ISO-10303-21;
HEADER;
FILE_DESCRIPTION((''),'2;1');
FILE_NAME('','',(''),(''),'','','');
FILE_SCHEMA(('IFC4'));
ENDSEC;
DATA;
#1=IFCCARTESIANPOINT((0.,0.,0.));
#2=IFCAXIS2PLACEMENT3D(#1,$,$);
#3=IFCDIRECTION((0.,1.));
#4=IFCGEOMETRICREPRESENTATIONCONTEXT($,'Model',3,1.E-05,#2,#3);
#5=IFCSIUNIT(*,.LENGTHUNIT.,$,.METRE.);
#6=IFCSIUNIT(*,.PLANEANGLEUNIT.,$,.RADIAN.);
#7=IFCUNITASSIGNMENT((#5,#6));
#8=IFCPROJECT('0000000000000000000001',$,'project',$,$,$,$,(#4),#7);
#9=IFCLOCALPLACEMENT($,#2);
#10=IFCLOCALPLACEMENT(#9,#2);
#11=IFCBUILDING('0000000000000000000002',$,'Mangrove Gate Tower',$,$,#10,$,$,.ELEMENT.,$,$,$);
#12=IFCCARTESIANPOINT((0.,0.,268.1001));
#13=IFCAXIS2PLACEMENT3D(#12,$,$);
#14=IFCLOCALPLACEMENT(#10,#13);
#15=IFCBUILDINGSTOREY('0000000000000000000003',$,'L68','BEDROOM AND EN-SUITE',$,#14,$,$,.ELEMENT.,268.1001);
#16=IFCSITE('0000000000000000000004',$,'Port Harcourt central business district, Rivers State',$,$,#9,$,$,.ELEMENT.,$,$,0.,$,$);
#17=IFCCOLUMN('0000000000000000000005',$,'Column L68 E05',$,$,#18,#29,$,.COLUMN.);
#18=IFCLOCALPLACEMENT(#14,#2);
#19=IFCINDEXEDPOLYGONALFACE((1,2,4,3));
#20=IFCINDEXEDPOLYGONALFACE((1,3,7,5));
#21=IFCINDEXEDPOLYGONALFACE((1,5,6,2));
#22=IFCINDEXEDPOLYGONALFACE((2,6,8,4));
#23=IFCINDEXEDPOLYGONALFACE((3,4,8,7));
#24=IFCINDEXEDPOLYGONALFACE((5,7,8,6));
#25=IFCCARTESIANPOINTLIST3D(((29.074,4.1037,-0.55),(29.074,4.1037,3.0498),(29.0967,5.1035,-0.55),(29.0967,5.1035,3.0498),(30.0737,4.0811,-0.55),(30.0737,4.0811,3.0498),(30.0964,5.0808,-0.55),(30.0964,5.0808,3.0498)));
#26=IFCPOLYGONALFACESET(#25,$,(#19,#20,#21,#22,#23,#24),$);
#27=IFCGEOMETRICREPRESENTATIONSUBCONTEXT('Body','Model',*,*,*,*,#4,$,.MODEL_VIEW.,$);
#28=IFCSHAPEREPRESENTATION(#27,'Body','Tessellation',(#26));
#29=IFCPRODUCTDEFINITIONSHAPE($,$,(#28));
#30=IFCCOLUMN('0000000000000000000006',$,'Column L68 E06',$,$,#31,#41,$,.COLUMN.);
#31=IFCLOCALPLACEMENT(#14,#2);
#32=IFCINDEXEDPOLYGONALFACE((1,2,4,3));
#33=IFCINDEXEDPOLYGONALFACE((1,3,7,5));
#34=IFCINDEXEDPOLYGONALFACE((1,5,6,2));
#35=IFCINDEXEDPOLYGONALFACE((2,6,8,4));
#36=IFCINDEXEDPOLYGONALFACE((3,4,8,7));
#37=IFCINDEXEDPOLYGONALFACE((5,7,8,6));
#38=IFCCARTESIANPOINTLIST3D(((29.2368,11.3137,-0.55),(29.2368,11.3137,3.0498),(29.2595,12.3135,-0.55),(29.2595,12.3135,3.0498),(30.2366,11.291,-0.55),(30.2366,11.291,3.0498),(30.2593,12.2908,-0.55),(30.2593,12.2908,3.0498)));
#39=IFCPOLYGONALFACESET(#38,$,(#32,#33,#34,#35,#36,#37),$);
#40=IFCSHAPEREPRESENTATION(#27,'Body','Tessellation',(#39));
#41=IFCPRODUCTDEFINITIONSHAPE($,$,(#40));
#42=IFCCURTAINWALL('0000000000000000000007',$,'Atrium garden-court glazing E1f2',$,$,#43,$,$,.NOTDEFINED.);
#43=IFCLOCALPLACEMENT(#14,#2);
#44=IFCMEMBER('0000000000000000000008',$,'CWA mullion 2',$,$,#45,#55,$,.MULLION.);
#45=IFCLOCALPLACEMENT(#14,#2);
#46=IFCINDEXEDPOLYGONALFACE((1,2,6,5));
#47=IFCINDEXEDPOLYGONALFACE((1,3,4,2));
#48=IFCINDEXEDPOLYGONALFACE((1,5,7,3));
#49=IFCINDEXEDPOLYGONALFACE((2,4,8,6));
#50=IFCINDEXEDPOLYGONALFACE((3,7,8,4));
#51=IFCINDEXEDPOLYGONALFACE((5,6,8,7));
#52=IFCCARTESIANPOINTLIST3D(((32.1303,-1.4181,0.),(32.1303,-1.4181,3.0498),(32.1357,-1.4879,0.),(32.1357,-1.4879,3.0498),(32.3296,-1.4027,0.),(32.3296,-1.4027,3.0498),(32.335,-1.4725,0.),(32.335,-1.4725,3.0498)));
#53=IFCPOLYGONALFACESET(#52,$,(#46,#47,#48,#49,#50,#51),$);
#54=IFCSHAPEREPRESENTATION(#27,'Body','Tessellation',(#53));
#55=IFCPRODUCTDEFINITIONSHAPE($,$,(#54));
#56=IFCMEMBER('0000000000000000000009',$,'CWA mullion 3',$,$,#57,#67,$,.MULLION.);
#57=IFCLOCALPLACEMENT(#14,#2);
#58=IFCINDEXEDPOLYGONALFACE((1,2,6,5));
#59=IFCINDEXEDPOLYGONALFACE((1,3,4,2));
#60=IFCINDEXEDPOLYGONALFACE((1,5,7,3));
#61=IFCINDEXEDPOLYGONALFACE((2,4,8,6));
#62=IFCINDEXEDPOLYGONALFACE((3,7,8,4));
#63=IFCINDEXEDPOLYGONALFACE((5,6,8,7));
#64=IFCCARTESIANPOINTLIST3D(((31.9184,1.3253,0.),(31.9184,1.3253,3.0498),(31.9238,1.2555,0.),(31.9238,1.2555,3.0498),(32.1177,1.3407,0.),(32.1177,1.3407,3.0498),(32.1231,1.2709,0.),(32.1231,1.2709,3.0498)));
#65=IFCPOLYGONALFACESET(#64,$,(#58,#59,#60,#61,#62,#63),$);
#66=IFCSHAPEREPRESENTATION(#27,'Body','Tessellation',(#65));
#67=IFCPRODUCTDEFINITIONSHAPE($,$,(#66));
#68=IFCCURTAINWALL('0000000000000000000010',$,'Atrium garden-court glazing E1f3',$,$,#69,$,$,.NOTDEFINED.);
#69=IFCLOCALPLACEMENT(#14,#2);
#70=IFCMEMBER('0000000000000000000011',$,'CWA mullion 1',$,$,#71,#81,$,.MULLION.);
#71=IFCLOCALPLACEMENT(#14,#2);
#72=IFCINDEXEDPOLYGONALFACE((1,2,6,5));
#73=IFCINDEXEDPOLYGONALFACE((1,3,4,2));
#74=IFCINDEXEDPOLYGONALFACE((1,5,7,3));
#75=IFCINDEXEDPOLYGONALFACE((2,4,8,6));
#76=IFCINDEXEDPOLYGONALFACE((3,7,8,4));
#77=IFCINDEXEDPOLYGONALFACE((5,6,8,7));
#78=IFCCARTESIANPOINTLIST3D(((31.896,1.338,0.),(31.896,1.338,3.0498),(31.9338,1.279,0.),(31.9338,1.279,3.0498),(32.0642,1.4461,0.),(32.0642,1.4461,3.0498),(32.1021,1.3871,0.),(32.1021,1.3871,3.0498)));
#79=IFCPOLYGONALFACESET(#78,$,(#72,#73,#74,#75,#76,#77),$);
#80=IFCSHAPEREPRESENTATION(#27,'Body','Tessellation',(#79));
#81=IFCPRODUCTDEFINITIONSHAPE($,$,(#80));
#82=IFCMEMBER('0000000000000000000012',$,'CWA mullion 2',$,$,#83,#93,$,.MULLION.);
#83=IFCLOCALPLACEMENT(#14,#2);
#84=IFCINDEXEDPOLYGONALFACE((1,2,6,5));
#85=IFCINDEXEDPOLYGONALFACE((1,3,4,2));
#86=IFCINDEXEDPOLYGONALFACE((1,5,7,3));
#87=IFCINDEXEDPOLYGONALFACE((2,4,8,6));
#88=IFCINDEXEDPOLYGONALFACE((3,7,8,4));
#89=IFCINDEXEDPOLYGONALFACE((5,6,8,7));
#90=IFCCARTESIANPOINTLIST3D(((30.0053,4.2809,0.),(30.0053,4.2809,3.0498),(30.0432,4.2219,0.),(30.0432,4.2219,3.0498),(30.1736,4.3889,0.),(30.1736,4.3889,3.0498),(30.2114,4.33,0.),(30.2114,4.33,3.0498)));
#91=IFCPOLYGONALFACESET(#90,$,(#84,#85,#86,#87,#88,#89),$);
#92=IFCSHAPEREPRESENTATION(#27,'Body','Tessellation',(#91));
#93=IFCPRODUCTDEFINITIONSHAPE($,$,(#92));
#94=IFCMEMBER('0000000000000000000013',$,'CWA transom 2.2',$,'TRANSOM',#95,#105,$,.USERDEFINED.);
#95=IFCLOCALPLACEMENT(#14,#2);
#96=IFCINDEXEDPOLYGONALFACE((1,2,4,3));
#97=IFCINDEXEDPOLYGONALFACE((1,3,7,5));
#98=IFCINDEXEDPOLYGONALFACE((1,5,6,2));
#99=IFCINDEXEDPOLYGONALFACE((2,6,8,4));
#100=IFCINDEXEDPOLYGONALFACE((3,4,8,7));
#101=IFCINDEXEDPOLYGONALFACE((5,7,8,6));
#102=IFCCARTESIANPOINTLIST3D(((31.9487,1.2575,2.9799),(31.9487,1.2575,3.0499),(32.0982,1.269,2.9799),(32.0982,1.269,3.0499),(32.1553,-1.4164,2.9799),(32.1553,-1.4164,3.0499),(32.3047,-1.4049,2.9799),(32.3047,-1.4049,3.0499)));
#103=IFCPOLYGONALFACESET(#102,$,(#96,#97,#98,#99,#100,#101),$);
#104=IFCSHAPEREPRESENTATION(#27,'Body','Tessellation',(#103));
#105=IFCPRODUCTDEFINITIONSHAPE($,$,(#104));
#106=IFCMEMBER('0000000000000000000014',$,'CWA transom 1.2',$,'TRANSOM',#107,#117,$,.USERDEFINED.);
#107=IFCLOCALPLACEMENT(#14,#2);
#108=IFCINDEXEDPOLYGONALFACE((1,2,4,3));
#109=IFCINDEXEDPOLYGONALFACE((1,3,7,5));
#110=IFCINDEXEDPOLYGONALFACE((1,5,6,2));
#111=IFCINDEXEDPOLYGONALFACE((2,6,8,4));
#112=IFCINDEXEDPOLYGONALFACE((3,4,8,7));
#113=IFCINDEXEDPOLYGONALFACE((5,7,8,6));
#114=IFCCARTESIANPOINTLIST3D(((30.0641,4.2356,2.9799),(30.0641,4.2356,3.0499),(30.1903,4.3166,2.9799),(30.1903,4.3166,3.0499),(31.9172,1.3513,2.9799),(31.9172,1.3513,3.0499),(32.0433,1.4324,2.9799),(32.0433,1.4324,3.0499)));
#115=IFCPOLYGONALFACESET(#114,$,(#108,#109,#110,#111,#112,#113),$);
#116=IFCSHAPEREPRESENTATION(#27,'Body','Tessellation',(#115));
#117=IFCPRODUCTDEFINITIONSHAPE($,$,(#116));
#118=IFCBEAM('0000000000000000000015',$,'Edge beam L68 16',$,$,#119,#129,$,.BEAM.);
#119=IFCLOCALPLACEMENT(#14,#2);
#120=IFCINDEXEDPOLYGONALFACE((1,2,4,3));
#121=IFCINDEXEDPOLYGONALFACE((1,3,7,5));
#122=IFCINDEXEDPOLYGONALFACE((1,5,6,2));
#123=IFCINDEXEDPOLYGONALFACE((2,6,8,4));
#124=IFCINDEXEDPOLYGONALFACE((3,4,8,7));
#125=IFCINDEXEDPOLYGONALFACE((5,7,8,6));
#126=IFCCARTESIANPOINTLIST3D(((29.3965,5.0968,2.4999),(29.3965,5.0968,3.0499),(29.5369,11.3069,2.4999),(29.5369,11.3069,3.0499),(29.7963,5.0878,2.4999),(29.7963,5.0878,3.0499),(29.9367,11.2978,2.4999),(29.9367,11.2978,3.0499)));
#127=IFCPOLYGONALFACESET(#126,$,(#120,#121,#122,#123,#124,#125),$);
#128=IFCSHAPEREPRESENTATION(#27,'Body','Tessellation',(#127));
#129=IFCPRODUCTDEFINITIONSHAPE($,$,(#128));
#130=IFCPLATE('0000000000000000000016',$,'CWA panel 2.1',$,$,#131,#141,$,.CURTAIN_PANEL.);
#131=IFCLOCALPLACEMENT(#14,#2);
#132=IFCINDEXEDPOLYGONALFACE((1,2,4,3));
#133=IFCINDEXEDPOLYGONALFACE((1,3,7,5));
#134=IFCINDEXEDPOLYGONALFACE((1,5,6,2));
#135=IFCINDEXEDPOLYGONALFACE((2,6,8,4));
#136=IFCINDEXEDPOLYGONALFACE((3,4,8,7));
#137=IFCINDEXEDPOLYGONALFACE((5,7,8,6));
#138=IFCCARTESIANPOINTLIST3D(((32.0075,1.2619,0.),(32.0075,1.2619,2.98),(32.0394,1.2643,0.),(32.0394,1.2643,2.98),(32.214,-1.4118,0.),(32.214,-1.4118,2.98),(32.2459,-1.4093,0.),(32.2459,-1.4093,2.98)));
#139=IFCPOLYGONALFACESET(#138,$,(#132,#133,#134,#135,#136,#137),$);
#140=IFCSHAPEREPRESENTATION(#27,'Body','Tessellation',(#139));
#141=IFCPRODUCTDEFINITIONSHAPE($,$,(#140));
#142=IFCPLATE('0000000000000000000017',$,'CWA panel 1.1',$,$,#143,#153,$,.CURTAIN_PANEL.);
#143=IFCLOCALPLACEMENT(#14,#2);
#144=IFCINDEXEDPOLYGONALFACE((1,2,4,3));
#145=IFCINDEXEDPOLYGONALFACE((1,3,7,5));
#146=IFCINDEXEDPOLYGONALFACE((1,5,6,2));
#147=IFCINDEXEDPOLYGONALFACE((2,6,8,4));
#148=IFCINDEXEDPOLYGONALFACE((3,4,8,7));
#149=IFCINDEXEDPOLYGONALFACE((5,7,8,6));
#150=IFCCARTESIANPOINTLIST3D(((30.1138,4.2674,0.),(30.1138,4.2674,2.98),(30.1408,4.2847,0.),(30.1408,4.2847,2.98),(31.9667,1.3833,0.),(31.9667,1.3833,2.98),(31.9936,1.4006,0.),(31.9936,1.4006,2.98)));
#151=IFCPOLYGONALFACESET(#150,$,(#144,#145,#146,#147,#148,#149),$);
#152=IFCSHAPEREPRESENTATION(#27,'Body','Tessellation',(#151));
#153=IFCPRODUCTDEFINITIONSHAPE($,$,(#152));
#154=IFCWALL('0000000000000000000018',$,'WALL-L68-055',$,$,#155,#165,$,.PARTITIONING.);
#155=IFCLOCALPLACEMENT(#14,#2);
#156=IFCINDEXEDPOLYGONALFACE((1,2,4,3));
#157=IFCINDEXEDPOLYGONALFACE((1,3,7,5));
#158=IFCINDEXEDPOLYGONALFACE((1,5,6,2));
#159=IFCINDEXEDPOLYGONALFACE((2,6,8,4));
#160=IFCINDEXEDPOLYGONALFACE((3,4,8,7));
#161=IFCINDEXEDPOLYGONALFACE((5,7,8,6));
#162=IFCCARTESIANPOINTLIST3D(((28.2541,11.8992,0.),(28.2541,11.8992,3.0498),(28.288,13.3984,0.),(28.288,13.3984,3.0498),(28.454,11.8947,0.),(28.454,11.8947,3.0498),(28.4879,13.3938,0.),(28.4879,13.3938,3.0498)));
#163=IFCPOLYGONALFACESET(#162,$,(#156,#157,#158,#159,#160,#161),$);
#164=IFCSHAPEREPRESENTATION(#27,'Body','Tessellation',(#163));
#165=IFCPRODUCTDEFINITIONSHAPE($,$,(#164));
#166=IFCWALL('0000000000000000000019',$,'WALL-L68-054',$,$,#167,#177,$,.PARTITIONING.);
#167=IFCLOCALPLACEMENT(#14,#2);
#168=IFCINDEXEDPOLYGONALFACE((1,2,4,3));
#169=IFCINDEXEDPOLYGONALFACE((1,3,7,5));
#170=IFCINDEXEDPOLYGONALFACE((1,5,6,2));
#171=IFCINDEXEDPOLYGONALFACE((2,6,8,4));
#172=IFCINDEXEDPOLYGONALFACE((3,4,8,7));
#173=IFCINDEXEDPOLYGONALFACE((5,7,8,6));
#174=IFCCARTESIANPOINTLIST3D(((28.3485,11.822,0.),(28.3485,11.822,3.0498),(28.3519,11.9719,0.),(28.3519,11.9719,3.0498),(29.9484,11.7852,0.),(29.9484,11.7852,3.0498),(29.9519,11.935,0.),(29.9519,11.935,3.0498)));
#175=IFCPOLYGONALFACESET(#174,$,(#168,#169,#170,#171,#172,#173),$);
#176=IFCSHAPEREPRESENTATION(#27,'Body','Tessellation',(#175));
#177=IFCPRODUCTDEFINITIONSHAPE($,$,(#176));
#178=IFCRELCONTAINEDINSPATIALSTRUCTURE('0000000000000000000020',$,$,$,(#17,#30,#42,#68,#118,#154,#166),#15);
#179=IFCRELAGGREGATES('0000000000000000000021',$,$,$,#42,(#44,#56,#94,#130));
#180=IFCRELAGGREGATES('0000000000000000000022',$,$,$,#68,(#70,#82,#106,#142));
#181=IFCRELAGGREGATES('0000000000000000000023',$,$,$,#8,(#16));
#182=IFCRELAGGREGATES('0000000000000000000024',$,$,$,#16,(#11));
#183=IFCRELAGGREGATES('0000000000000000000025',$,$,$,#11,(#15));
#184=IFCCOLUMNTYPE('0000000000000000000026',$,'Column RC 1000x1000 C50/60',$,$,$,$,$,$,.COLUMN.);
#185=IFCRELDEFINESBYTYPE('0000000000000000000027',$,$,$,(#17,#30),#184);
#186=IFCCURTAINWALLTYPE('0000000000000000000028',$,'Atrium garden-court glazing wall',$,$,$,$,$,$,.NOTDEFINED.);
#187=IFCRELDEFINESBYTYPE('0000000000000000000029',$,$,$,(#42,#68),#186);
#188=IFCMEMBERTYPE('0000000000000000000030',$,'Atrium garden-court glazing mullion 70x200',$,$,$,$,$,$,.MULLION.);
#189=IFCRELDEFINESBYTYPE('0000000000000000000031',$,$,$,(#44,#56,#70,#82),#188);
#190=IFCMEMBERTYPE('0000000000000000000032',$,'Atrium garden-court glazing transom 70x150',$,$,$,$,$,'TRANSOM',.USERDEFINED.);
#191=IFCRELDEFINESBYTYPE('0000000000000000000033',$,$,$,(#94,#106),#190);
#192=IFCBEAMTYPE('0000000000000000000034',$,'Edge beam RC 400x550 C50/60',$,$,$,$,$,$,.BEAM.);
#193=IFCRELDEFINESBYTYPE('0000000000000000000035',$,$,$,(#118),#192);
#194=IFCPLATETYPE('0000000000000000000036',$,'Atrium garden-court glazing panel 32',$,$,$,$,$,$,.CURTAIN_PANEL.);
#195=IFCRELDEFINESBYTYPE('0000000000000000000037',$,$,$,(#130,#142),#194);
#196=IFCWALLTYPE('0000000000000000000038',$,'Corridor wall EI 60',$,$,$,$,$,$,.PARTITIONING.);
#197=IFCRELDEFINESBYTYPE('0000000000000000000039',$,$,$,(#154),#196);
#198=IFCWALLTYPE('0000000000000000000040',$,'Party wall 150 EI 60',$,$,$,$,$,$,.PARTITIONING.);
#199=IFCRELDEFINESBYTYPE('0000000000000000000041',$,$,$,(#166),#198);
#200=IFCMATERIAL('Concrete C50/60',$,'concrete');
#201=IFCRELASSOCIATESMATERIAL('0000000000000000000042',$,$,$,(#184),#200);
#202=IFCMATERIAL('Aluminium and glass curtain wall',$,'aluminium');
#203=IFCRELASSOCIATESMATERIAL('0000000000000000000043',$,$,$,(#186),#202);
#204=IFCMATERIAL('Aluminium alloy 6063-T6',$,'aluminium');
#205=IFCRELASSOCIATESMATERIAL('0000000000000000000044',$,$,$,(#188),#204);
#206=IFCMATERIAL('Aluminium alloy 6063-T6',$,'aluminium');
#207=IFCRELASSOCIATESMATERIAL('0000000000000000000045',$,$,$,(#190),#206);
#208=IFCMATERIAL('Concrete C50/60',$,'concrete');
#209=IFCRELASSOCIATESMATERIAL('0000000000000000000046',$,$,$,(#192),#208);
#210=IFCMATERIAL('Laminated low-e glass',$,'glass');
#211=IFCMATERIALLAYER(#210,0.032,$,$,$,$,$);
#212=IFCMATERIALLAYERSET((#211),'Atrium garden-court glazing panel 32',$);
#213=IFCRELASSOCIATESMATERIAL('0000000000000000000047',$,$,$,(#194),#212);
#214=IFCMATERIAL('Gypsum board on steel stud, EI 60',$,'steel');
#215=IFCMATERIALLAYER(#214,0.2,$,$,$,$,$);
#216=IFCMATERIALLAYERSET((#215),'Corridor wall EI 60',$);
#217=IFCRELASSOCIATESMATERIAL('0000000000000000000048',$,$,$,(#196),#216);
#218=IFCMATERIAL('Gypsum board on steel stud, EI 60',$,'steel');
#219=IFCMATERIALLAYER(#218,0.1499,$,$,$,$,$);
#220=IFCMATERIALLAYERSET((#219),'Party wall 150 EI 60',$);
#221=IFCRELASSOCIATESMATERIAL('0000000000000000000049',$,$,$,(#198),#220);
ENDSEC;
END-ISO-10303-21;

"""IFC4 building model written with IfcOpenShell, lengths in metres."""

from ifc_helpers import new_model, si_unit, direction, frame, frame_2d, origin, origin_2d, place, context, subcontext, project, spatial, rectangle, extrude, material, layer, layer_set, material_profile, profile_set, type_object, element, aggregate, save


model = new_model("IFC4")

# Units and contexts
model_context = context("Model", 3, precision=1e-05, world=origin(), true_north=direction((0.0, 1.0)))
body_context = subcontext(model_context, "Body", "Model", "MODEL_VIEW")
ifc_project = project(units=[si_unit("LENGTHUNIT", "METRE"), si_unit("PLANEANGLEUNIT", "RADIAN")], contexts=[model_context])

# Site, building, storey
site_placement = place(None, origin())
site = spatial("IfcSite", under=ifc_project, at=site_placement, Name="Port Harcourt central business district, Rivers State", CompositionType="ELEMENT", RefElevation=0.0)
building_placement = place(site_placement, origin())
building = spatial("IfcBuilding", under=site, at=building_placement, Name="Mangrove Gate Tower", CompositionType="ELEMENT")
storey_placement = place(building_placement, frame((0.0, 0.0, 268.1001)))
storey = spatial("IfcBuildingStorey", under=building, at=storey_placement, Name="L68", Description="BEDROOM AND EN-SUITE", CompositionType="ELEMENT", Elevation=268.1001)

# Columns
ifc_material_1 = material(Name="Concrete C50/60", Category="concrete")
ifc_material_profile_1 = material_profile(ifc_material_1, rectangle(XDim=1.0, YDim=1.0, at=origin_2d()))
ifc_profile_set_1 = profile_set([ifc_material_profile_1], Name="Concrete C50/60")
column_type = type_object("IfcColumnType", Name="Column RC 1000x1000 C50/60", PredefinedType="COLUMN", material=ifc_profile_set_1)
for number, where, z_axis, x_axis, name in (
    (1, (29.5852, 4.5923, -0.55), (0.0, 0.0, 1.0), (0.02266, 0.999743, 0.0), "Column L68 E05"),
    (2, (29.748, 11.8022, -0.55), (0.0, 0.0, 1.0), (0.022669, 0.999743, 0.0), "Column L68 E06"),
):
    element("IfcColumn", number, at=place(storey_placement, frame(where, z_axis=z_axis, x_axis=x_axis)), inside=storey, type_object=column_type, Name=name, PredefinedType="COLUMN", context=body_context, shape_type="SweptSolid", body=[
        extrude(rectangle(XDim=1.0, YDim=1.0, at=origin_2d()), origin(), (0.0, 0.0, 1.0), 3.5999),
    ])

# Curtain walls, members
ifc_material_2 = material(Name="Aluminium and glass curtain wall", Category="aluminium")
curtain_wall_type = type_object("IfcCurtainWallType", Name="Atrium garden-court glazing wall", PredefinedType="NOTDEFINED", material=ifc_material_2)
curtain_wall_1_placement = place(storey_placement, origin())
curtain_wall_1 = element("IfcCurtainWall", 3, at=curtain_wall_1_placement, inside=storey, type_object=curtain_wall_type, Name="Atrium garden-court glazing E1f2", PredefinedType="NOTDEFINED")
ifc_material_3 = material(Name="Aluminium alloy 6063-T6", Category="aluminium")
ifc_material_profile_2 = material_profile(ifc_material_3, rectangle(XDim=0.0701, YDim=0.2, at=origin_2d()))
ifc_profile_set_2 = profile_set([ifc_material_profile_2], Name="Aluminium alloy 6063-T6")
member_type_1 = type_object("IfcMemberType", Name="Atrium garden-court glazing mullion 70x200", PredefinedType="MULLION", material=ifc_profile_set_2)
member_1_placement = place(storey_placement, frame((32.2327, -1.4453, 0.0), z_axis=(0.0, 0.0, 1.0), x_axis=(-0.077023, 0.997029, 0.0)))
member_1 = element("IfcMember", 4, at=member_1_placement, type_object=member_type_1, Name="CWA mullion 2", PredefinedType="MULLION", context=body_context, shape_type="SweptSolid", body=[
    extrude(rectangle(XDim=0.0701, YDim=0.2, at=origin_2d()), origin(), (0.0, 0.0, 1.0), 3.0498),
])
member_2_placement = place(storey_placement, frame((32.0208, 1.2981, 0.0), z_axis=(0.0, 0.0, 1.0), x_axis=(-0.077023, 0.997029, 0.0)))
member_2 = element("IfcMember", 5, at=member_2_placement, type_object=member_type_1, Name="CWA mullion 3", PredefinedType="MULLION", context=body_context, shape_type="SweptSolid", body=[
    extrude(rectangle(XDim=0.0701, YDim=0.2, at=origin_2d()), origin(), (0.0, 0.0, 1.0), 3.0498),
])
curtain_wall_2_placement = place(storey_placement, origin())
curtain_wall_2 = element("IfcCurtainWall", 6, at=curtain_wall_2_placement, inside=storey, type_object=curtain_wall_type, Name="Atrium garden-court glazing E1f3", PredefinedType="NOTDEFINED")
member_3_placement = place(storey_placement, frame((31.999, 1.3625, 0.0), z_axis=(0.0, 0.0, 1.0), x_axis=(-0.540498, 0.841345, 0.0)))
member_3 = element("IfcMember", 7, at=member_3_placement, type_object=member_type_1, Name="CWA mullion 1", PredefinedType="MULLION", context=body_context, shape_type="SweptSolid", body=[
    extrude(rectangle(XDim=0.0701, YDim=0.2, at=origin_2d()), origin(), (0.0, 0.0, 1.0), 3.0498),
])
member_4_placement = place(storey_placement, frame((30.1084, 4.3054, 0.0), z_axis=(0.0, 0.0, 1.0), x_axis=(-0.540498, 0.841345, 0.0)))
member_4 = element("IfcMember", 8, at=member_4_placement, type_object=member_type_1, Name="CWA mullion 2", PredefinedType="MULLION", context=body_context, shape_type="SweptSolid", body=[
    extrude(rectangle(XDim=0.0701, YDim=0.2, at=origin_2d()), origin(), (0.0, 0.0, 1.0), 3.0498),
])

# Members
ifc_material_4 = material(Name="Aluminium alloy 6063-T6", Category="aluminium")
ifc_material_profile_3 = material_profile(ifc_material_4, rectangle(XDim=0.0701, YDim=0.1499, at=origin_2d()))
ifc_profile_set_3 = profile_set([ifc_material_profile_3], Name="Aluminium alloy 6063-T6")
member_type_2 = type_object("IfcMemberType", Name="Atrium garden-court glazing transom 70x150", ElementType="TRANSOM", PredefinedType="USERDEFINED", material=ifc_profile_set_3)
member_5_placement = place(storey_placement, frame((32.23, -1.4106, 3.0149), z_axis=(-0.077017, 0.99703, 0.0), x_axis=(0.0, 0.0, 1.0)))
member_5 = element("IfcMember", 9, at=member_5_placement, type_object=member_type_2, Name="CWA transom 2.2", ObjectType="TRANSOM", PredefinedType="USERDEFINED", context=body_context, shape_type="SweptSolid", body=[
    extrude(rectangle(XDim=0.0701, YDim=0.1499, at=origin_2d()), origin(), (0.0, 0.0, 1.0), 2.6819),
])
member_6_placement = place(storey_placement, frame((31.9802, 1.3918, 3.0149), z_axis=(-0.54052, 0.841331, 0.0), x_axis=(0.0, 0.0, 1.0)))
member_6 = element("IfcMember", 10, at=member_6_placement, type_object=member_type_2, Name="CWA transom 1.2", ObjectType="TRANSOM", PredefinedType="USERDEFINED", context=body_context, shape_type="SweptSolid", body=[
    extrude(rectangle(XDim=0.0701, YDim=0.1499, at=origin_2d()), origin(), (0.0, 0.0, 1.0), 3.4282),
])

# Beam
ifc_material_5 = material(Name="Concrete C50/60", Category="concrete")
ifc_material_profile_4 = material_profile(ifc_material_5, rectangle(XDim=0.3999, YDim=0.55, at=origin_2d()))
ifc_profile_set_4 = profile_set([ifc_material_profile_4], Name="Concrete C50/60")
beam_type = type_object("IfcBeamType", Name="Edge beam RC 400x550 C50/60", PredefinedType="BEAM", material=ifc_profile_set_4)
beam_placement = place(storey_placement, frame((29.5964, 5.0923, 2.7749), z_axis=(0.022599, 0.999745, 0.0), x_axis=(-0.999745, 0.022599, 0.0)))
element("IfcBeam", 11, at=beam_placement, inside=storey, type_object=beam_type, Name="Edge beam L68 16", PredefinedType="BEAM", context=body_context, shape_type="SweptSolid", body=[
    extrude(rectangle(XDim=0.3999, YDim=0.55, at=origin_2d()), origin(), (0.0, 0.0, 1.0), 6.2117),
])

# Plates
ifc_material_6 = material(Name="Laminated low-e glass", Category="glass")
ifc_layer_1 = layer(ifc_material_6, 0.032)
ifc_layer_set_1 = layer_set([ifc_layer_1], Name="Atrium garden-court glazing panel 32")
plate_type = type_object("IfcPlateType", Name="Atrium garden-court glazing panel 32", PredefinedType="CURTAIN_PANEL", material=ifc_layer_set_1)
plate_1_placement = place(storey_placement, frame((32.1267, -0.0737, 0.0), z_axis=(0.0, 0.0, 1.0), x_axis=(-0.077023, 0.997029, 0.0)))
plate_1 = element("IfcPlate", 12, at=plate_1_placement, type_object=plate_type, Name="CWA panel 2.1", PredefinedType="CURTAIN_PANEL", context=body_context, shape_type="SweptSolid", body=[
    extrude(rectangle(XDim=2.6816, YDim=0.032, at=origin_2d()), origin(), (0.0, 0.0, 1.0), 2.98),
])
aggregate(curtain_wall_1, [member_1, member_2, member_5, plate_1])
plate_2_placement = place(storey_placement, frame((31.0537, 2.834, 0.0), z_axis=(0.0, 0.0, 1.0), x_axis=(-0.540498, 0.841345, 0.0)))
plate_2 = element("IfcPlate", 13, at=plate_2_placement, type_object=plate_type, Name="CWA panel 1.1", PredefinedType="CURTAIN_PANEL", context=body_context, shape_type="SweptSolid", body=[
    extrude(rectangle(XDim=3.428, YDim=0.032, at=origin_2d()), origin(), (0.0, 0.0, 1.0), 2.98),
])
aggregate(curtain_wall_2, [member_3, member_4, member_6, plate_2])

# Wall
ifc_material_7 = material(Name="Gypsum board on steel stud, EI 60", Category="steel")
ifc_layer_2 = layer(ifc_material_7, 0.2)
ifc_layer_set_2 = layer_set([ifc_layer_2], Name="Corridor wall EI 60")
wall_type_1 = type_object("IfcWallType", Name="Corridor wall EI 60", PredefinedType="PARTITIONING", material=ifc_layer_set_2)
wall_1_placement = place(storey_placement, frame((28.354, 11.897, 0.0), z_axis=(0.0, 0.0, 1.0), x_axis=(0.022633, 0.999744, 0.0)))
element("IfcWall", 14, at=wall_1_placement, inside=storey, type_object=wall_type_1, Name="WALL-L68-055", PredefinedType="PARTITIONING", context=body_context, shape_type="SweptSolid", body=[
    extrude(rectangle(XDim=1.4995, YDim=0.2, at=frame_2d((0.7498, 0.0))), origin(), (0.0, 0.0, 1.0), 3.0498),
])

# Wall
ifc_material_8 = material(Name="Gypsum board on steel stud, EI 60", Category="steel")
ifc_layer_3 = layer(ifc_material_8, 0.1499)
ifc_layer_set_3 = layer_set([ifc_layer_3], Name="Party wall 150 EI 60")
wall_type_2 = type_object("IfcWallType", Name="Party wall 150 EI 60", PredefinedType="PARTITIONING", material=ifc_layer_set_3)
wall_2_placement = place(storey_placement, frame((28.3501, 11.897, 0.0), z_axis=(0.0, 0.0, 1.0), x_axis=(0.999735, -0.023037, 0.0)))
element("IfcWall", 15, at=wall_2_placement, inside=storey, type_object=wall_type_2, Name="WALL-L68-054", PredefinedType="PARTITIONING", context=body_context, shape_type="SweptSolid", body=[
    extrude(rectangle(XDim=1.6003, YDim=0.1499, at=frame_2d((0.8003, 0.0))), origin(), (0.0, 0.0, 1.0), 3.0498),
])

save(model, "model.ifc")
